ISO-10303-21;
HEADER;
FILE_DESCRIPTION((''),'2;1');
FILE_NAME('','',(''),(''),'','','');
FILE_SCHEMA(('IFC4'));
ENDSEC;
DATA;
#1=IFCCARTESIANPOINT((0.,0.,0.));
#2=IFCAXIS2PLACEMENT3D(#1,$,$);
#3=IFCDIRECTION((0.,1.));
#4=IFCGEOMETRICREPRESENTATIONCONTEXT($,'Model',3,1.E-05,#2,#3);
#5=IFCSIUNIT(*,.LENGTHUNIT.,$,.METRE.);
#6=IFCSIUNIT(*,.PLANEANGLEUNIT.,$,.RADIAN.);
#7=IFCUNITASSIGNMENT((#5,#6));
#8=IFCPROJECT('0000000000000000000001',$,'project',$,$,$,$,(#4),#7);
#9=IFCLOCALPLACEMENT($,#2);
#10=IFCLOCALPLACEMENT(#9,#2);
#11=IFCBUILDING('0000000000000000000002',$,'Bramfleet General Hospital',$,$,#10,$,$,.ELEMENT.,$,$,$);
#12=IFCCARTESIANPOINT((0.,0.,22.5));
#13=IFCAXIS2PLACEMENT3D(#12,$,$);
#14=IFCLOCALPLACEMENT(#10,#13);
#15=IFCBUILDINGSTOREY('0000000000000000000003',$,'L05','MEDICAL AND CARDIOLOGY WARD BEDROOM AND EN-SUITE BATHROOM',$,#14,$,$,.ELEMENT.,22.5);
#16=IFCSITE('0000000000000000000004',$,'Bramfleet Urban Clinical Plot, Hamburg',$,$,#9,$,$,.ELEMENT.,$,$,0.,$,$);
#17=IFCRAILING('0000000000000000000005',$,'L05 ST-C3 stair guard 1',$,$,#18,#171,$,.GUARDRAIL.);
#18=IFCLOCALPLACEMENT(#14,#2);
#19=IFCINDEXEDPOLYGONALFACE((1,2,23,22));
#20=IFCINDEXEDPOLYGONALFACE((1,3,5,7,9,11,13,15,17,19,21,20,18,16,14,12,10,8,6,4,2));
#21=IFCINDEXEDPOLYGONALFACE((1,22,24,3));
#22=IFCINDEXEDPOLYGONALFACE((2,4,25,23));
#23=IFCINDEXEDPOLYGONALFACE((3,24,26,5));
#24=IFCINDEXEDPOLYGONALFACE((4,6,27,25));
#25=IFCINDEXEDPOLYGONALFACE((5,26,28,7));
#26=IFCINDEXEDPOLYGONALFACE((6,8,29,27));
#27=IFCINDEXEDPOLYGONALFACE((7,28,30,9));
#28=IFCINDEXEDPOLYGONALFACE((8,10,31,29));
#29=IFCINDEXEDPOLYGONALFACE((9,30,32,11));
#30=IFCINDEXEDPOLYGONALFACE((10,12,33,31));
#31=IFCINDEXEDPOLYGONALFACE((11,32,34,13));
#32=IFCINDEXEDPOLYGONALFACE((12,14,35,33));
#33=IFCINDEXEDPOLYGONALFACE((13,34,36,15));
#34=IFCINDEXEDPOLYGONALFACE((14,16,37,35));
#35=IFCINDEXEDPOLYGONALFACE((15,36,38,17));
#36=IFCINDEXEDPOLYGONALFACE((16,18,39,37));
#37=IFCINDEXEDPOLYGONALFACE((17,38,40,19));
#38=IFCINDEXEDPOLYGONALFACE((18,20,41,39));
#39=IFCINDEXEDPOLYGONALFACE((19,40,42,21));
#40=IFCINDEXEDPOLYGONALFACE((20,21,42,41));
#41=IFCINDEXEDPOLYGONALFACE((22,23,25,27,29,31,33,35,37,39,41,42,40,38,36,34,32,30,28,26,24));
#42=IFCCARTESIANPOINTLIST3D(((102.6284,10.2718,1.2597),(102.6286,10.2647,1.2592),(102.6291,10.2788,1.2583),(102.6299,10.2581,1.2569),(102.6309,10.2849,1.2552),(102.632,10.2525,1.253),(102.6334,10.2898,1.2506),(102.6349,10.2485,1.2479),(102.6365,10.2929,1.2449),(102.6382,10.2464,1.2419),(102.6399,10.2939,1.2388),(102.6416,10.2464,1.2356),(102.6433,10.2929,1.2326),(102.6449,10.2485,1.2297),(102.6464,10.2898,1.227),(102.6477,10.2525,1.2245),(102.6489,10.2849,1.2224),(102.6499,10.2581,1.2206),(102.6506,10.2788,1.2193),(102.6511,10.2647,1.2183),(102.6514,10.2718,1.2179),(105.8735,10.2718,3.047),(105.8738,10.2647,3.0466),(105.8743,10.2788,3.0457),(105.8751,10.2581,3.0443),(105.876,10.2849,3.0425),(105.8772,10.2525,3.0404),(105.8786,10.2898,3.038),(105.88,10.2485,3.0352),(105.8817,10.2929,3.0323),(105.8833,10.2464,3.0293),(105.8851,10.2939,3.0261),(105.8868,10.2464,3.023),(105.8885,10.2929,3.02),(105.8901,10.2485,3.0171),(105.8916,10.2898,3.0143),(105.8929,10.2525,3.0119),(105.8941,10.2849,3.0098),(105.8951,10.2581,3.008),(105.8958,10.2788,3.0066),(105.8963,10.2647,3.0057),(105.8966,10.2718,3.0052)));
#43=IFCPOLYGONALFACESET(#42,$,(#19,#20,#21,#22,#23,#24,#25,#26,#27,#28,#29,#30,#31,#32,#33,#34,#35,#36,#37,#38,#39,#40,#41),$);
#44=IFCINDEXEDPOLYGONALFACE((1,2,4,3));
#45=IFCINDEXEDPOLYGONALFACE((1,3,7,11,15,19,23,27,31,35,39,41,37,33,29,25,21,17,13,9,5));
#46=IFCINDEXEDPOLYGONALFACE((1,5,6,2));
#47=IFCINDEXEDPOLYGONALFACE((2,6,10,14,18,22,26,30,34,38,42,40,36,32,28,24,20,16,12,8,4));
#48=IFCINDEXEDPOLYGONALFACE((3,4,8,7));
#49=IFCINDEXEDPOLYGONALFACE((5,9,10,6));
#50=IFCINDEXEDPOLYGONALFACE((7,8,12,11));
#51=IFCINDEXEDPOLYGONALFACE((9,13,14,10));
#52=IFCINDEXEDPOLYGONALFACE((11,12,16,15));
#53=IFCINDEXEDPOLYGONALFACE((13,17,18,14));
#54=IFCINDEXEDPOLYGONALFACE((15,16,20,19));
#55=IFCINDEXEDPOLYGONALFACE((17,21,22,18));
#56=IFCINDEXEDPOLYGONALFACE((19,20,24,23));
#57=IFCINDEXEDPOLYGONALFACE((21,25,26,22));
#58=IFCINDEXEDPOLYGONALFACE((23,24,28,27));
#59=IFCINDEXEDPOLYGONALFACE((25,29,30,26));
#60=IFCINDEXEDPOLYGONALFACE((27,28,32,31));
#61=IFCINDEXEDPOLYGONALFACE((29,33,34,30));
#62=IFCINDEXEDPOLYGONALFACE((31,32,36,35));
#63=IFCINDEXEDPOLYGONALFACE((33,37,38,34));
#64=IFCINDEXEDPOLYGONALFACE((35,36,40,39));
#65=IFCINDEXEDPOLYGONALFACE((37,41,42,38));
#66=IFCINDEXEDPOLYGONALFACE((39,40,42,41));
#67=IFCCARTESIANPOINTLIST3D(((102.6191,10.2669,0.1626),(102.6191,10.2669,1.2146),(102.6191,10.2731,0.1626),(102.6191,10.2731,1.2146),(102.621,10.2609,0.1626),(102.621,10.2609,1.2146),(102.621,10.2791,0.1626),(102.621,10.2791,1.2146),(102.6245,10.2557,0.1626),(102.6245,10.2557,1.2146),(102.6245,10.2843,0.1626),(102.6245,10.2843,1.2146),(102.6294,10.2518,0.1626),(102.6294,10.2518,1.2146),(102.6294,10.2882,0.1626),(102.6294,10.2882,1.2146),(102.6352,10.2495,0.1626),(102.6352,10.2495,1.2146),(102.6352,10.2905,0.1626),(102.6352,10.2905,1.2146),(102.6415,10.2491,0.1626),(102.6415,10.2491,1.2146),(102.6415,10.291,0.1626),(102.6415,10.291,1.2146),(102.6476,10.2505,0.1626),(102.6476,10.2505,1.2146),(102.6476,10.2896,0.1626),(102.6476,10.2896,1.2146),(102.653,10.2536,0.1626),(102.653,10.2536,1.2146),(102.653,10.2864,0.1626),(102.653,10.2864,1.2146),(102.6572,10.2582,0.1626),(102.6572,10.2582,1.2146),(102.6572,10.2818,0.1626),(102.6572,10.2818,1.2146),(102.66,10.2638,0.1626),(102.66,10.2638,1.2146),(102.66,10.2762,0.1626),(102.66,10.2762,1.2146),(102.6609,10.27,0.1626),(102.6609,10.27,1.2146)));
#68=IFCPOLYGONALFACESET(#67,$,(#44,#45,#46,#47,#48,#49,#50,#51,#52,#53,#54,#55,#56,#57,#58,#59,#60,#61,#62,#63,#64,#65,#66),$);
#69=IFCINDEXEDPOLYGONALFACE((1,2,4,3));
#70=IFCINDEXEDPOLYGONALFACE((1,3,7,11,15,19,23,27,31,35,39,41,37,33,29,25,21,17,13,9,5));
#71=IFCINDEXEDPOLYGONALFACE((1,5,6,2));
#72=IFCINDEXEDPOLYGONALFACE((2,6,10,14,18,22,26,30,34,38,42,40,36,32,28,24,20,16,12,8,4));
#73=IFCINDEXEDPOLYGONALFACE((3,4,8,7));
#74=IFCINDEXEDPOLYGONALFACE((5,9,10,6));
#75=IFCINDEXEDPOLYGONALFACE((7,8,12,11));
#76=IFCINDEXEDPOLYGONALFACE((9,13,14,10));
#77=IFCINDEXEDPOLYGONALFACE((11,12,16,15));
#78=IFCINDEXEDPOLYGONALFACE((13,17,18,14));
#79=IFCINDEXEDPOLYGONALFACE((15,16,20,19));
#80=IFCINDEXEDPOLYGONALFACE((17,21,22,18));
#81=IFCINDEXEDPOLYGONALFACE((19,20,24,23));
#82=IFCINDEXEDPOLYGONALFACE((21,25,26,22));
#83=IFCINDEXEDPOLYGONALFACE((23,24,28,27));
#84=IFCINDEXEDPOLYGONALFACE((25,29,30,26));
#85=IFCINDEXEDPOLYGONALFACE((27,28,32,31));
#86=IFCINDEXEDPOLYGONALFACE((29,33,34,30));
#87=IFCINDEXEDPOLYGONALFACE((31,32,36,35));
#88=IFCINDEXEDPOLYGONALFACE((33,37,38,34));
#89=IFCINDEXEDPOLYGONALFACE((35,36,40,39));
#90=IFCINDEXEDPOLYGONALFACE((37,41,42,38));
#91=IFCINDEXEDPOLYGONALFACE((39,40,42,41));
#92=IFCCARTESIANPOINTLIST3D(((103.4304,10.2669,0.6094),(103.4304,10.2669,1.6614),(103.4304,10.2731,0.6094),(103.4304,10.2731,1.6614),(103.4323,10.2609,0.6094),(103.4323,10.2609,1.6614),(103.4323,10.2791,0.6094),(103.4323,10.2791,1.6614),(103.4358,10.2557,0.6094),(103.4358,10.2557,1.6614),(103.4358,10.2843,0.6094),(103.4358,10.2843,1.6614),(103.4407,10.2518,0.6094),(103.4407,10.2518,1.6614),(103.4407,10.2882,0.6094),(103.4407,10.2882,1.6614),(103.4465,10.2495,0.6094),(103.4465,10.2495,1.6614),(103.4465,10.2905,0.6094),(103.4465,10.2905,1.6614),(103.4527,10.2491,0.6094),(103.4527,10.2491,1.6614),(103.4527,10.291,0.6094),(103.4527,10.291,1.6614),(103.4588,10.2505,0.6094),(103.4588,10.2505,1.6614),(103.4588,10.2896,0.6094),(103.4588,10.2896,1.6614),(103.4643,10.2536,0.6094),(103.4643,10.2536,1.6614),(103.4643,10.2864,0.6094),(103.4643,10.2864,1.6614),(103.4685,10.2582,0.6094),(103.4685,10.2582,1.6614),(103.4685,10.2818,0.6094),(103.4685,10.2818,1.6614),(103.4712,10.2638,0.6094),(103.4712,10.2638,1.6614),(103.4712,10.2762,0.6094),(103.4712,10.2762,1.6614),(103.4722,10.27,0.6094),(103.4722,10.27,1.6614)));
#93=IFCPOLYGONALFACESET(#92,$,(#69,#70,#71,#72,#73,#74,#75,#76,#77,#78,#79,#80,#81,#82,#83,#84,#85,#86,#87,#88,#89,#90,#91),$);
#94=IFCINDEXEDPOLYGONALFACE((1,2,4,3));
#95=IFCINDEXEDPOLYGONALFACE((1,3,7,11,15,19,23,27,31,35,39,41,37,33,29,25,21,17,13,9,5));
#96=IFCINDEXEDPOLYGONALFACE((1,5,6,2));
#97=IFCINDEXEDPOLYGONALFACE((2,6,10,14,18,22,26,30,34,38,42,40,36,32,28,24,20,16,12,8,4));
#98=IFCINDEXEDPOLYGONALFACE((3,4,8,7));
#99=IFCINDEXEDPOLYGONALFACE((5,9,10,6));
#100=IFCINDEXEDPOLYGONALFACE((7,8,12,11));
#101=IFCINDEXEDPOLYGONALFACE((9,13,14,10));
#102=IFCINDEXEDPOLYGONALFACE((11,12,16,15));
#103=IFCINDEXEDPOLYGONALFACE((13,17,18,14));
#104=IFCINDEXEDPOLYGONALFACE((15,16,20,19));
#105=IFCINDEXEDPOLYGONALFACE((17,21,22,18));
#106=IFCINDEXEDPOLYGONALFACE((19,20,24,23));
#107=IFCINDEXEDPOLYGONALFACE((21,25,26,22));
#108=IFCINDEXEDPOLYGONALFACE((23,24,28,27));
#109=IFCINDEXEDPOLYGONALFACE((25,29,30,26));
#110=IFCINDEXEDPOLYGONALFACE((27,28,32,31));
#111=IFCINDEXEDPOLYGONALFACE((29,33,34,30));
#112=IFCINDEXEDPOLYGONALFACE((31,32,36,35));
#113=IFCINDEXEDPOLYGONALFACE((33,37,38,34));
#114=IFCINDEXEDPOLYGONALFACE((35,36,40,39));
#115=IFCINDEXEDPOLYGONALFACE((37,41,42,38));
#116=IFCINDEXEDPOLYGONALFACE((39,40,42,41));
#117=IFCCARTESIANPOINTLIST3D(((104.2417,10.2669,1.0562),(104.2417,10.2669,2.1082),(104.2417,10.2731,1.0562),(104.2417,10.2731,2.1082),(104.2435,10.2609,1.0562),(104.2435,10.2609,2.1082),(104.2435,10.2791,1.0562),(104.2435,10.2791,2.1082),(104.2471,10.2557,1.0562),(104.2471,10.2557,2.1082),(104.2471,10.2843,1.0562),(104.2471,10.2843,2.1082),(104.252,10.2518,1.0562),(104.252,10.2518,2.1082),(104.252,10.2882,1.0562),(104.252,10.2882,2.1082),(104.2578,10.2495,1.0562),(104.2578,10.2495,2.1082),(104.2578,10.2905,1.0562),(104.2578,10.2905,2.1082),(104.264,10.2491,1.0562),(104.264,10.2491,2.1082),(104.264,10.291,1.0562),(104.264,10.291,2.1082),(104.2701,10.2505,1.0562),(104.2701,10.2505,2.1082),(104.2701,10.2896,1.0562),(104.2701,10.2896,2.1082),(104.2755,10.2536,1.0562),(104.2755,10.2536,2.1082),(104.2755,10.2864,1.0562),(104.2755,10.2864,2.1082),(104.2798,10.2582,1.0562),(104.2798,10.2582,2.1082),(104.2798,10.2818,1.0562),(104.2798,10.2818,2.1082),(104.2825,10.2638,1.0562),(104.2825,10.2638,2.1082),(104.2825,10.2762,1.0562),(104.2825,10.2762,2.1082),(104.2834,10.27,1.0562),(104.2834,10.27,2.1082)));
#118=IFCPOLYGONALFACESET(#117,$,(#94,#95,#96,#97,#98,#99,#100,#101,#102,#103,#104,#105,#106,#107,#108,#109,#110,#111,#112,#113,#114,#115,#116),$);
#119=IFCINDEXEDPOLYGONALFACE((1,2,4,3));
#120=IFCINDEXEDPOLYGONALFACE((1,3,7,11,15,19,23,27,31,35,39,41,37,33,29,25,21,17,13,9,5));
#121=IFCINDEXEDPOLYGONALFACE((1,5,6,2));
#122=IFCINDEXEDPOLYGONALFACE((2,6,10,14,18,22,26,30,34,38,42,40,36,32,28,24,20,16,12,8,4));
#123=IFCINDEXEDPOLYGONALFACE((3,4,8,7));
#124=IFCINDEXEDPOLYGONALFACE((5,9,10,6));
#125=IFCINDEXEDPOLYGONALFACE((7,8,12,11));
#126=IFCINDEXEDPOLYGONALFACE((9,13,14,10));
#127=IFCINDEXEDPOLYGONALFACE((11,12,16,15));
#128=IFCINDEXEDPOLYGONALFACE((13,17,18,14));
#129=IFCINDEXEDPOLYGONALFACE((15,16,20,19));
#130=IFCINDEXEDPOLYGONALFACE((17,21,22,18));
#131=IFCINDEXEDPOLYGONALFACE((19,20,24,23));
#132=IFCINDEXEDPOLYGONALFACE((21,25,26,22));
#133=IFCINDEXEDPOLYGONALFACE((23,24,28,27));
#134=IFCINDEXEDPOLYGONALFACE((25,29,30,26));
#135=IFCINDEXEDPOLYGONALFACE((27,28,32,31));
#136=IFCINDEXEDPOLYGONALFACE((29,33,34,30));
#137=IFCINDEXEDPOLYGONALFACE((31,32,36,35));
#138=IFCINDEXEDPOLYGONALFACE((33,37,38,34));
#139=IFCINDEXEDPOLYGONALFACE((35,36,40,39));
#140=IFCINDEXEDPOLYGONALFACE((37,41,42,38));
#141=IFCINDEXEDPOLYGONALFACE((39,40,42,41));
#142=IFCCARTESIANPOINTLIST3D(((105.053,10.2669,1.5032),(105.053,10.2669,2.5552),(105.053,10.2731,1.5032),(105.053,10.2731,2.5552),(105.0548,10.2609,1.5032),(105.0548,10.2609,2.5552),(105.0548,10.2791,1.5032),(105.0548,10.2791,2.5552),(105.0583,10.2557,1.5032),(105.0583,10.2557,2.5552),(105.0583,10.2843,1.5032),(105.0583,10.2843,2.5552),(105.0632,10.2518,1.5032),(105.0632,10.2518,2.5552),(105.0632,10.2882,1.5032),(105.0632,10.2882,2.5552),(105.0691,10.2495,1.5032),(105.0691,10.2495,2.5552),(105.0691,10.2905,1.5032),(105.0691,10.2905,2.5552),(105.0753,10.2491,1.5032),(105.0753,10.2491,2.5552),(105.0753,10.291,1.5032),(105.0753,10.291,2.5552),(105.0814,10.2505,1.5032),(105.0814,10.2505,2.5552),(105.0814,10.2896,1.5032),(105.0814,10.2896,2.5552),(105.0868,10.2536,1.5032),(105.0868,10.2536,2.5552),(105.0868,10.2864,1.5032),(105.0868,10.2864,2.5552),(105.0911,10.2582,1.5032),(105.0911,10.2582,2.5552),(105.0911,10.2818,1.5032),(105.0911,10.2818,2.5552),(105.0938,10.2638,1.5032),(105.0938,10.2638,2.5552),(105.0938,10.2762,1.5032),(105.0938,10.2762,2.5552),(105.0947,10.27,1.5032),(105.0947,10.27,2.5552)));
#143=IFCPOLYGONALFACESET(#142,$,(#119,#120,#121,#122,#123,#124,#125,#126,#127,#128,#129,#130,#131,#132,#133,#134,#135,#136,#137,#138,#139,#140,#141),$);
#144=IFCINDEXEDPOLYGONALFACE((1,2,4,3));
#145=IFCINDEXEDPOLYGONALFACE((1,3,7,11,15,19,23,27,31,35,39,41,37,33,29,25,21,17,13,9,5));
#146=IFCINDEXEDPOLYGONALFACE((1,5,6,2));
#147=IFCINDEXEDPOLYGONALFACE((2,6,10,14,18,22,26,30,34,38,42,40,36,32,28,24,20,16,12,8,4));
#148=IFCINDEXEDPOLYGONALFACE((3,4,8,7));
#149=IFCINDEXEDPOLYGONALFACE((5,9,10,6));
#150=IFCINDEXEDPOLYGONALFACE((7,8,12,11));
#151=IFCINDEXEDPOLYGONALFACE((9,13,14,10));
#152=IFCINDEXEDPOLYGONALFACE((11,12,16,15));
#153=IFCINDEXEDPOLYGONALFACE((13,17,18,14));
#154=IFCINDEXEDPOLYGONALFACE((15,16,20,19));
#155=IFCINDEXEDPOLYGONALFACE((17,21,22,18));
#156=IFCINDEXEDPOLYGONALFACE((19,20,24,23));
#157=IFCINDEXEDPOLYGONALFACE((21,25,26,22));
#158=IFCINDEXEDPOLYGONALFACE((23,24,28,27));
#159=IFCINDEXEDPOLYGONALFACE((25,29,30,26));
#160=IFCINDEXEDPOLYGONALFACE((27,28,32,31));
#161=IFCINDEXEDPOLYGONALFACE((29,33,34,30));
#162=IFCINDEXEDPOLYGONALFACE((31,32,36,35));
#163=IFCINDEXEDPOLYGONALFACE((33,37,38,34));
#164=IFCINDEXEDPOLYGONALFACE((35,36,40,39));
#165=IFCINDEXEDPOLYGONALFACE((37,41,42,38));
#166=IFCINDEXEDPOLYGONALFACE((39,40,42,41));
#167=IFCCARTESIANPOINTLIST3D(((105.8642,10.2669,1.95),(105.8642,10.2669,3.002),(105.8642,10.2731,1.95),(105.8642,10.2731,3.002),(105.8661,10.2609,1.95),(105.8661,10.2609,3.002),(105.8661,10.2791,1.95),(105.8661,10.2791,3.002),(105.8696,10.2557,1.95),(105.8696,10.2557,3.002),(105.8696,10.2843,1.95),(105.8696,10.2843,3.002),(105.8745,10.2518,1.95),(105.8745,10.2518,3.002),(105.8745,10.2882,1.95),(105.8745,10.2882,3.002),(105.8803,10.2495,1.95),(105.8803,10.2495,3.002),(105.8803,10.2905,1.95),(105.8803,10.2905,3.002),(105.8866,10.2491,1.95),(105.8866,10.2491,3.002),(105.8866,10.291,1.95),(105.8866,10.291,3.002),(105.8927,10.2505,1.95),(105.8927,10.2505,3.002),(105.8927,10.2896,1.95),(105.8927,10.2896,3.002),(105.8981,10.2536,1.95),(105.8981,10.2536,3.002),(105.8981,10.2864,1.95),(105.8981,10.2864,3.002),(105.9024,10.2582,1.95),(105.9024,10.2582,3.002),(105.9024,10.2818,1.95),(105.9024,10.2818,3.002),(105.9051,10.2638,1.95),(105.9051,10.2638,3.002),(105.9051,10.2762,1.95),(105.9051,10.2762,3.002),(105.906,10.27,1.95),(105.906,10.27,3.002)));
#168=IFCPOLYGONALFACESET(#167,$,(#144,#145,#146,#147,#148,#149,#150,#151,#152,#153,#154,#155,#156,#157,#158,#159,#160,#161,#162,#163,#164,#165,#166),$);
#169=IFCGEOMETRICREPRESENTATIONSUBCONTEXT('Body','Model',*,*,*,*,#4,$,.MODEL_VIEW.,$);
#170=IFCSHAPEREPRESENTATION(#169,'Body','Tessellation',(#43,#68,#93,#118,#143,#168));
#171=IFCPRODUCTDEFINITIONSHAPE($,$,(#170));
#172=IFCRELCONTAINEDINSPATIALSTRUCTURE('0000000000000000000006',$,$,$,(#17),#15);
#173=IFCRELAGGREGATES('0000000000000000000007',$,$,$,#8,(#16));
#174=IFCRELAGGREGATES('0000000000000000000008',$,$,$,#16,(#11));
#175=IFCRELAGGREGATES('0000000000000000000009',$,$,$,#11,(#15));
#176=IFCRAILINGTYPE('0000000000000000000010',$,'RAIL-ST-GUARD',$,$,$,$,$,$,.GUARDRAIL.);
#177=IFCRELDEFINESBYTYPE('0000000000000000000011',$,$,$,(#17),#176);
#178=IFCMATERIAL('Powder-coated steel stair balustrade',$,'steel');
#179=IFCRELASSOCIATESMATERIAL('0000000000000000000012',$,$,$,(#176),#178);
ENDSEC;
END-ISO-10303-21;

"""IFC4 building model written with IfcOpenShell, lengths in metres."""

from ifc_helpers import new_model, si_unit, direction, frame, origin, origin_2d, place, context, subcontext, project, spatial, circle, extrude, material, type_object, element, save


model = new_model("IFC4")

# Units and contexts
model_context = context("Model", 3, precision=1e-05, world=origin(), true_north=direction((0.0, 1.0)))
body_context = subcontext(model_context, "Body", "Model", "MODEL_VIEW")
ifc_project = project(units=[si_unit("LENGTHUNIT", "METRE"), si_unit("PLANEANGLEUNIT", "RADIAN")], contexts=[model_context])

# Site, building, storey
site_placement = place(None, origin())
site = spatial("IfcSite", under=ifc_project, at=site_placement, Name="Bramfleet Urban Clinical Plot, Hamburg", CompositionType="ELEMENT", RefElevation=0.0)
building_placement = place(site_placement, origin())
building = spatial("IfcBuilding", under=site, at=building_placement, Name="Bramfleet General Hospital", CompositionType="ELEMENT")
storey_placement = place(building_placement, frame((0.0, 0.0, 22.5)))
storey = spatial("IfcBuildingStorey", under=building, at=storey_placement, Name="L05", Description="MEDICAL AND CARDIOLOGY WARD BEDROOM AND EN-SUITE BATHROOM", CompositionType="ELEMENT", Elevation=22.5)

# Railing
ifc_material_1 = material(Name="Powder-coated steel stair balustrade", Category="steel")
railing_type_1 = type_object("IfcRailingType", Name="RAIL-ST-GUARD", PredefinedType="GUARDRAIL", material=ifc_material_1)
railing_1_placement = place(storey_placement, frame((102.6399, 10.27, 0.1626)))
element("IfcRailing", 1, at=railing_1_placement, inside=storey, type_object=railing_type_1, Name="L05 ST-C3 stair guard 1", PredefinedType="GUARDRAIL", context=body_context, shape_type="SweptSolid", body=[
    extrude(circle(Radius=0.0239, at=origin_2d()), frame((0.0, 0.0, 1.0762), z_axis=(0.875926, 0.0, 0.482445), x_axis=(0.0, 1.0, 0.0)), (0.0, 0.0, 1.0), 3.7048),
    extrude(circle(Radius=0.021, at=origin_2d()), origin(), (0.0, 0.0, 1.0), 1.052),
    extrude(circle(Radius=0.021, at=origin_2d()), frame((0.8113, 0.0, 0.4468)), (0.0, 0.0, 1.0), 1.052),
    extrude(circle(Radius=0.021, at=origin_2d()), frame((1.6226, 0.0, 0.8936)), (0.0, 0.0, 1.0), 1.052),
    extrude(circle(Radius=0.021, at=origin_2d()), frame((2.4338, 0.0, 1.3406)), (0.0, 0.0, 1.0), 1.052),
    extrude(circle(Radius=0.021, at=origin_2d()), frame((3.2451, 0.0, 1.7874)), (0.0, 0.0, 1.0), 1.052),
])

save(model, "model.ifc")
